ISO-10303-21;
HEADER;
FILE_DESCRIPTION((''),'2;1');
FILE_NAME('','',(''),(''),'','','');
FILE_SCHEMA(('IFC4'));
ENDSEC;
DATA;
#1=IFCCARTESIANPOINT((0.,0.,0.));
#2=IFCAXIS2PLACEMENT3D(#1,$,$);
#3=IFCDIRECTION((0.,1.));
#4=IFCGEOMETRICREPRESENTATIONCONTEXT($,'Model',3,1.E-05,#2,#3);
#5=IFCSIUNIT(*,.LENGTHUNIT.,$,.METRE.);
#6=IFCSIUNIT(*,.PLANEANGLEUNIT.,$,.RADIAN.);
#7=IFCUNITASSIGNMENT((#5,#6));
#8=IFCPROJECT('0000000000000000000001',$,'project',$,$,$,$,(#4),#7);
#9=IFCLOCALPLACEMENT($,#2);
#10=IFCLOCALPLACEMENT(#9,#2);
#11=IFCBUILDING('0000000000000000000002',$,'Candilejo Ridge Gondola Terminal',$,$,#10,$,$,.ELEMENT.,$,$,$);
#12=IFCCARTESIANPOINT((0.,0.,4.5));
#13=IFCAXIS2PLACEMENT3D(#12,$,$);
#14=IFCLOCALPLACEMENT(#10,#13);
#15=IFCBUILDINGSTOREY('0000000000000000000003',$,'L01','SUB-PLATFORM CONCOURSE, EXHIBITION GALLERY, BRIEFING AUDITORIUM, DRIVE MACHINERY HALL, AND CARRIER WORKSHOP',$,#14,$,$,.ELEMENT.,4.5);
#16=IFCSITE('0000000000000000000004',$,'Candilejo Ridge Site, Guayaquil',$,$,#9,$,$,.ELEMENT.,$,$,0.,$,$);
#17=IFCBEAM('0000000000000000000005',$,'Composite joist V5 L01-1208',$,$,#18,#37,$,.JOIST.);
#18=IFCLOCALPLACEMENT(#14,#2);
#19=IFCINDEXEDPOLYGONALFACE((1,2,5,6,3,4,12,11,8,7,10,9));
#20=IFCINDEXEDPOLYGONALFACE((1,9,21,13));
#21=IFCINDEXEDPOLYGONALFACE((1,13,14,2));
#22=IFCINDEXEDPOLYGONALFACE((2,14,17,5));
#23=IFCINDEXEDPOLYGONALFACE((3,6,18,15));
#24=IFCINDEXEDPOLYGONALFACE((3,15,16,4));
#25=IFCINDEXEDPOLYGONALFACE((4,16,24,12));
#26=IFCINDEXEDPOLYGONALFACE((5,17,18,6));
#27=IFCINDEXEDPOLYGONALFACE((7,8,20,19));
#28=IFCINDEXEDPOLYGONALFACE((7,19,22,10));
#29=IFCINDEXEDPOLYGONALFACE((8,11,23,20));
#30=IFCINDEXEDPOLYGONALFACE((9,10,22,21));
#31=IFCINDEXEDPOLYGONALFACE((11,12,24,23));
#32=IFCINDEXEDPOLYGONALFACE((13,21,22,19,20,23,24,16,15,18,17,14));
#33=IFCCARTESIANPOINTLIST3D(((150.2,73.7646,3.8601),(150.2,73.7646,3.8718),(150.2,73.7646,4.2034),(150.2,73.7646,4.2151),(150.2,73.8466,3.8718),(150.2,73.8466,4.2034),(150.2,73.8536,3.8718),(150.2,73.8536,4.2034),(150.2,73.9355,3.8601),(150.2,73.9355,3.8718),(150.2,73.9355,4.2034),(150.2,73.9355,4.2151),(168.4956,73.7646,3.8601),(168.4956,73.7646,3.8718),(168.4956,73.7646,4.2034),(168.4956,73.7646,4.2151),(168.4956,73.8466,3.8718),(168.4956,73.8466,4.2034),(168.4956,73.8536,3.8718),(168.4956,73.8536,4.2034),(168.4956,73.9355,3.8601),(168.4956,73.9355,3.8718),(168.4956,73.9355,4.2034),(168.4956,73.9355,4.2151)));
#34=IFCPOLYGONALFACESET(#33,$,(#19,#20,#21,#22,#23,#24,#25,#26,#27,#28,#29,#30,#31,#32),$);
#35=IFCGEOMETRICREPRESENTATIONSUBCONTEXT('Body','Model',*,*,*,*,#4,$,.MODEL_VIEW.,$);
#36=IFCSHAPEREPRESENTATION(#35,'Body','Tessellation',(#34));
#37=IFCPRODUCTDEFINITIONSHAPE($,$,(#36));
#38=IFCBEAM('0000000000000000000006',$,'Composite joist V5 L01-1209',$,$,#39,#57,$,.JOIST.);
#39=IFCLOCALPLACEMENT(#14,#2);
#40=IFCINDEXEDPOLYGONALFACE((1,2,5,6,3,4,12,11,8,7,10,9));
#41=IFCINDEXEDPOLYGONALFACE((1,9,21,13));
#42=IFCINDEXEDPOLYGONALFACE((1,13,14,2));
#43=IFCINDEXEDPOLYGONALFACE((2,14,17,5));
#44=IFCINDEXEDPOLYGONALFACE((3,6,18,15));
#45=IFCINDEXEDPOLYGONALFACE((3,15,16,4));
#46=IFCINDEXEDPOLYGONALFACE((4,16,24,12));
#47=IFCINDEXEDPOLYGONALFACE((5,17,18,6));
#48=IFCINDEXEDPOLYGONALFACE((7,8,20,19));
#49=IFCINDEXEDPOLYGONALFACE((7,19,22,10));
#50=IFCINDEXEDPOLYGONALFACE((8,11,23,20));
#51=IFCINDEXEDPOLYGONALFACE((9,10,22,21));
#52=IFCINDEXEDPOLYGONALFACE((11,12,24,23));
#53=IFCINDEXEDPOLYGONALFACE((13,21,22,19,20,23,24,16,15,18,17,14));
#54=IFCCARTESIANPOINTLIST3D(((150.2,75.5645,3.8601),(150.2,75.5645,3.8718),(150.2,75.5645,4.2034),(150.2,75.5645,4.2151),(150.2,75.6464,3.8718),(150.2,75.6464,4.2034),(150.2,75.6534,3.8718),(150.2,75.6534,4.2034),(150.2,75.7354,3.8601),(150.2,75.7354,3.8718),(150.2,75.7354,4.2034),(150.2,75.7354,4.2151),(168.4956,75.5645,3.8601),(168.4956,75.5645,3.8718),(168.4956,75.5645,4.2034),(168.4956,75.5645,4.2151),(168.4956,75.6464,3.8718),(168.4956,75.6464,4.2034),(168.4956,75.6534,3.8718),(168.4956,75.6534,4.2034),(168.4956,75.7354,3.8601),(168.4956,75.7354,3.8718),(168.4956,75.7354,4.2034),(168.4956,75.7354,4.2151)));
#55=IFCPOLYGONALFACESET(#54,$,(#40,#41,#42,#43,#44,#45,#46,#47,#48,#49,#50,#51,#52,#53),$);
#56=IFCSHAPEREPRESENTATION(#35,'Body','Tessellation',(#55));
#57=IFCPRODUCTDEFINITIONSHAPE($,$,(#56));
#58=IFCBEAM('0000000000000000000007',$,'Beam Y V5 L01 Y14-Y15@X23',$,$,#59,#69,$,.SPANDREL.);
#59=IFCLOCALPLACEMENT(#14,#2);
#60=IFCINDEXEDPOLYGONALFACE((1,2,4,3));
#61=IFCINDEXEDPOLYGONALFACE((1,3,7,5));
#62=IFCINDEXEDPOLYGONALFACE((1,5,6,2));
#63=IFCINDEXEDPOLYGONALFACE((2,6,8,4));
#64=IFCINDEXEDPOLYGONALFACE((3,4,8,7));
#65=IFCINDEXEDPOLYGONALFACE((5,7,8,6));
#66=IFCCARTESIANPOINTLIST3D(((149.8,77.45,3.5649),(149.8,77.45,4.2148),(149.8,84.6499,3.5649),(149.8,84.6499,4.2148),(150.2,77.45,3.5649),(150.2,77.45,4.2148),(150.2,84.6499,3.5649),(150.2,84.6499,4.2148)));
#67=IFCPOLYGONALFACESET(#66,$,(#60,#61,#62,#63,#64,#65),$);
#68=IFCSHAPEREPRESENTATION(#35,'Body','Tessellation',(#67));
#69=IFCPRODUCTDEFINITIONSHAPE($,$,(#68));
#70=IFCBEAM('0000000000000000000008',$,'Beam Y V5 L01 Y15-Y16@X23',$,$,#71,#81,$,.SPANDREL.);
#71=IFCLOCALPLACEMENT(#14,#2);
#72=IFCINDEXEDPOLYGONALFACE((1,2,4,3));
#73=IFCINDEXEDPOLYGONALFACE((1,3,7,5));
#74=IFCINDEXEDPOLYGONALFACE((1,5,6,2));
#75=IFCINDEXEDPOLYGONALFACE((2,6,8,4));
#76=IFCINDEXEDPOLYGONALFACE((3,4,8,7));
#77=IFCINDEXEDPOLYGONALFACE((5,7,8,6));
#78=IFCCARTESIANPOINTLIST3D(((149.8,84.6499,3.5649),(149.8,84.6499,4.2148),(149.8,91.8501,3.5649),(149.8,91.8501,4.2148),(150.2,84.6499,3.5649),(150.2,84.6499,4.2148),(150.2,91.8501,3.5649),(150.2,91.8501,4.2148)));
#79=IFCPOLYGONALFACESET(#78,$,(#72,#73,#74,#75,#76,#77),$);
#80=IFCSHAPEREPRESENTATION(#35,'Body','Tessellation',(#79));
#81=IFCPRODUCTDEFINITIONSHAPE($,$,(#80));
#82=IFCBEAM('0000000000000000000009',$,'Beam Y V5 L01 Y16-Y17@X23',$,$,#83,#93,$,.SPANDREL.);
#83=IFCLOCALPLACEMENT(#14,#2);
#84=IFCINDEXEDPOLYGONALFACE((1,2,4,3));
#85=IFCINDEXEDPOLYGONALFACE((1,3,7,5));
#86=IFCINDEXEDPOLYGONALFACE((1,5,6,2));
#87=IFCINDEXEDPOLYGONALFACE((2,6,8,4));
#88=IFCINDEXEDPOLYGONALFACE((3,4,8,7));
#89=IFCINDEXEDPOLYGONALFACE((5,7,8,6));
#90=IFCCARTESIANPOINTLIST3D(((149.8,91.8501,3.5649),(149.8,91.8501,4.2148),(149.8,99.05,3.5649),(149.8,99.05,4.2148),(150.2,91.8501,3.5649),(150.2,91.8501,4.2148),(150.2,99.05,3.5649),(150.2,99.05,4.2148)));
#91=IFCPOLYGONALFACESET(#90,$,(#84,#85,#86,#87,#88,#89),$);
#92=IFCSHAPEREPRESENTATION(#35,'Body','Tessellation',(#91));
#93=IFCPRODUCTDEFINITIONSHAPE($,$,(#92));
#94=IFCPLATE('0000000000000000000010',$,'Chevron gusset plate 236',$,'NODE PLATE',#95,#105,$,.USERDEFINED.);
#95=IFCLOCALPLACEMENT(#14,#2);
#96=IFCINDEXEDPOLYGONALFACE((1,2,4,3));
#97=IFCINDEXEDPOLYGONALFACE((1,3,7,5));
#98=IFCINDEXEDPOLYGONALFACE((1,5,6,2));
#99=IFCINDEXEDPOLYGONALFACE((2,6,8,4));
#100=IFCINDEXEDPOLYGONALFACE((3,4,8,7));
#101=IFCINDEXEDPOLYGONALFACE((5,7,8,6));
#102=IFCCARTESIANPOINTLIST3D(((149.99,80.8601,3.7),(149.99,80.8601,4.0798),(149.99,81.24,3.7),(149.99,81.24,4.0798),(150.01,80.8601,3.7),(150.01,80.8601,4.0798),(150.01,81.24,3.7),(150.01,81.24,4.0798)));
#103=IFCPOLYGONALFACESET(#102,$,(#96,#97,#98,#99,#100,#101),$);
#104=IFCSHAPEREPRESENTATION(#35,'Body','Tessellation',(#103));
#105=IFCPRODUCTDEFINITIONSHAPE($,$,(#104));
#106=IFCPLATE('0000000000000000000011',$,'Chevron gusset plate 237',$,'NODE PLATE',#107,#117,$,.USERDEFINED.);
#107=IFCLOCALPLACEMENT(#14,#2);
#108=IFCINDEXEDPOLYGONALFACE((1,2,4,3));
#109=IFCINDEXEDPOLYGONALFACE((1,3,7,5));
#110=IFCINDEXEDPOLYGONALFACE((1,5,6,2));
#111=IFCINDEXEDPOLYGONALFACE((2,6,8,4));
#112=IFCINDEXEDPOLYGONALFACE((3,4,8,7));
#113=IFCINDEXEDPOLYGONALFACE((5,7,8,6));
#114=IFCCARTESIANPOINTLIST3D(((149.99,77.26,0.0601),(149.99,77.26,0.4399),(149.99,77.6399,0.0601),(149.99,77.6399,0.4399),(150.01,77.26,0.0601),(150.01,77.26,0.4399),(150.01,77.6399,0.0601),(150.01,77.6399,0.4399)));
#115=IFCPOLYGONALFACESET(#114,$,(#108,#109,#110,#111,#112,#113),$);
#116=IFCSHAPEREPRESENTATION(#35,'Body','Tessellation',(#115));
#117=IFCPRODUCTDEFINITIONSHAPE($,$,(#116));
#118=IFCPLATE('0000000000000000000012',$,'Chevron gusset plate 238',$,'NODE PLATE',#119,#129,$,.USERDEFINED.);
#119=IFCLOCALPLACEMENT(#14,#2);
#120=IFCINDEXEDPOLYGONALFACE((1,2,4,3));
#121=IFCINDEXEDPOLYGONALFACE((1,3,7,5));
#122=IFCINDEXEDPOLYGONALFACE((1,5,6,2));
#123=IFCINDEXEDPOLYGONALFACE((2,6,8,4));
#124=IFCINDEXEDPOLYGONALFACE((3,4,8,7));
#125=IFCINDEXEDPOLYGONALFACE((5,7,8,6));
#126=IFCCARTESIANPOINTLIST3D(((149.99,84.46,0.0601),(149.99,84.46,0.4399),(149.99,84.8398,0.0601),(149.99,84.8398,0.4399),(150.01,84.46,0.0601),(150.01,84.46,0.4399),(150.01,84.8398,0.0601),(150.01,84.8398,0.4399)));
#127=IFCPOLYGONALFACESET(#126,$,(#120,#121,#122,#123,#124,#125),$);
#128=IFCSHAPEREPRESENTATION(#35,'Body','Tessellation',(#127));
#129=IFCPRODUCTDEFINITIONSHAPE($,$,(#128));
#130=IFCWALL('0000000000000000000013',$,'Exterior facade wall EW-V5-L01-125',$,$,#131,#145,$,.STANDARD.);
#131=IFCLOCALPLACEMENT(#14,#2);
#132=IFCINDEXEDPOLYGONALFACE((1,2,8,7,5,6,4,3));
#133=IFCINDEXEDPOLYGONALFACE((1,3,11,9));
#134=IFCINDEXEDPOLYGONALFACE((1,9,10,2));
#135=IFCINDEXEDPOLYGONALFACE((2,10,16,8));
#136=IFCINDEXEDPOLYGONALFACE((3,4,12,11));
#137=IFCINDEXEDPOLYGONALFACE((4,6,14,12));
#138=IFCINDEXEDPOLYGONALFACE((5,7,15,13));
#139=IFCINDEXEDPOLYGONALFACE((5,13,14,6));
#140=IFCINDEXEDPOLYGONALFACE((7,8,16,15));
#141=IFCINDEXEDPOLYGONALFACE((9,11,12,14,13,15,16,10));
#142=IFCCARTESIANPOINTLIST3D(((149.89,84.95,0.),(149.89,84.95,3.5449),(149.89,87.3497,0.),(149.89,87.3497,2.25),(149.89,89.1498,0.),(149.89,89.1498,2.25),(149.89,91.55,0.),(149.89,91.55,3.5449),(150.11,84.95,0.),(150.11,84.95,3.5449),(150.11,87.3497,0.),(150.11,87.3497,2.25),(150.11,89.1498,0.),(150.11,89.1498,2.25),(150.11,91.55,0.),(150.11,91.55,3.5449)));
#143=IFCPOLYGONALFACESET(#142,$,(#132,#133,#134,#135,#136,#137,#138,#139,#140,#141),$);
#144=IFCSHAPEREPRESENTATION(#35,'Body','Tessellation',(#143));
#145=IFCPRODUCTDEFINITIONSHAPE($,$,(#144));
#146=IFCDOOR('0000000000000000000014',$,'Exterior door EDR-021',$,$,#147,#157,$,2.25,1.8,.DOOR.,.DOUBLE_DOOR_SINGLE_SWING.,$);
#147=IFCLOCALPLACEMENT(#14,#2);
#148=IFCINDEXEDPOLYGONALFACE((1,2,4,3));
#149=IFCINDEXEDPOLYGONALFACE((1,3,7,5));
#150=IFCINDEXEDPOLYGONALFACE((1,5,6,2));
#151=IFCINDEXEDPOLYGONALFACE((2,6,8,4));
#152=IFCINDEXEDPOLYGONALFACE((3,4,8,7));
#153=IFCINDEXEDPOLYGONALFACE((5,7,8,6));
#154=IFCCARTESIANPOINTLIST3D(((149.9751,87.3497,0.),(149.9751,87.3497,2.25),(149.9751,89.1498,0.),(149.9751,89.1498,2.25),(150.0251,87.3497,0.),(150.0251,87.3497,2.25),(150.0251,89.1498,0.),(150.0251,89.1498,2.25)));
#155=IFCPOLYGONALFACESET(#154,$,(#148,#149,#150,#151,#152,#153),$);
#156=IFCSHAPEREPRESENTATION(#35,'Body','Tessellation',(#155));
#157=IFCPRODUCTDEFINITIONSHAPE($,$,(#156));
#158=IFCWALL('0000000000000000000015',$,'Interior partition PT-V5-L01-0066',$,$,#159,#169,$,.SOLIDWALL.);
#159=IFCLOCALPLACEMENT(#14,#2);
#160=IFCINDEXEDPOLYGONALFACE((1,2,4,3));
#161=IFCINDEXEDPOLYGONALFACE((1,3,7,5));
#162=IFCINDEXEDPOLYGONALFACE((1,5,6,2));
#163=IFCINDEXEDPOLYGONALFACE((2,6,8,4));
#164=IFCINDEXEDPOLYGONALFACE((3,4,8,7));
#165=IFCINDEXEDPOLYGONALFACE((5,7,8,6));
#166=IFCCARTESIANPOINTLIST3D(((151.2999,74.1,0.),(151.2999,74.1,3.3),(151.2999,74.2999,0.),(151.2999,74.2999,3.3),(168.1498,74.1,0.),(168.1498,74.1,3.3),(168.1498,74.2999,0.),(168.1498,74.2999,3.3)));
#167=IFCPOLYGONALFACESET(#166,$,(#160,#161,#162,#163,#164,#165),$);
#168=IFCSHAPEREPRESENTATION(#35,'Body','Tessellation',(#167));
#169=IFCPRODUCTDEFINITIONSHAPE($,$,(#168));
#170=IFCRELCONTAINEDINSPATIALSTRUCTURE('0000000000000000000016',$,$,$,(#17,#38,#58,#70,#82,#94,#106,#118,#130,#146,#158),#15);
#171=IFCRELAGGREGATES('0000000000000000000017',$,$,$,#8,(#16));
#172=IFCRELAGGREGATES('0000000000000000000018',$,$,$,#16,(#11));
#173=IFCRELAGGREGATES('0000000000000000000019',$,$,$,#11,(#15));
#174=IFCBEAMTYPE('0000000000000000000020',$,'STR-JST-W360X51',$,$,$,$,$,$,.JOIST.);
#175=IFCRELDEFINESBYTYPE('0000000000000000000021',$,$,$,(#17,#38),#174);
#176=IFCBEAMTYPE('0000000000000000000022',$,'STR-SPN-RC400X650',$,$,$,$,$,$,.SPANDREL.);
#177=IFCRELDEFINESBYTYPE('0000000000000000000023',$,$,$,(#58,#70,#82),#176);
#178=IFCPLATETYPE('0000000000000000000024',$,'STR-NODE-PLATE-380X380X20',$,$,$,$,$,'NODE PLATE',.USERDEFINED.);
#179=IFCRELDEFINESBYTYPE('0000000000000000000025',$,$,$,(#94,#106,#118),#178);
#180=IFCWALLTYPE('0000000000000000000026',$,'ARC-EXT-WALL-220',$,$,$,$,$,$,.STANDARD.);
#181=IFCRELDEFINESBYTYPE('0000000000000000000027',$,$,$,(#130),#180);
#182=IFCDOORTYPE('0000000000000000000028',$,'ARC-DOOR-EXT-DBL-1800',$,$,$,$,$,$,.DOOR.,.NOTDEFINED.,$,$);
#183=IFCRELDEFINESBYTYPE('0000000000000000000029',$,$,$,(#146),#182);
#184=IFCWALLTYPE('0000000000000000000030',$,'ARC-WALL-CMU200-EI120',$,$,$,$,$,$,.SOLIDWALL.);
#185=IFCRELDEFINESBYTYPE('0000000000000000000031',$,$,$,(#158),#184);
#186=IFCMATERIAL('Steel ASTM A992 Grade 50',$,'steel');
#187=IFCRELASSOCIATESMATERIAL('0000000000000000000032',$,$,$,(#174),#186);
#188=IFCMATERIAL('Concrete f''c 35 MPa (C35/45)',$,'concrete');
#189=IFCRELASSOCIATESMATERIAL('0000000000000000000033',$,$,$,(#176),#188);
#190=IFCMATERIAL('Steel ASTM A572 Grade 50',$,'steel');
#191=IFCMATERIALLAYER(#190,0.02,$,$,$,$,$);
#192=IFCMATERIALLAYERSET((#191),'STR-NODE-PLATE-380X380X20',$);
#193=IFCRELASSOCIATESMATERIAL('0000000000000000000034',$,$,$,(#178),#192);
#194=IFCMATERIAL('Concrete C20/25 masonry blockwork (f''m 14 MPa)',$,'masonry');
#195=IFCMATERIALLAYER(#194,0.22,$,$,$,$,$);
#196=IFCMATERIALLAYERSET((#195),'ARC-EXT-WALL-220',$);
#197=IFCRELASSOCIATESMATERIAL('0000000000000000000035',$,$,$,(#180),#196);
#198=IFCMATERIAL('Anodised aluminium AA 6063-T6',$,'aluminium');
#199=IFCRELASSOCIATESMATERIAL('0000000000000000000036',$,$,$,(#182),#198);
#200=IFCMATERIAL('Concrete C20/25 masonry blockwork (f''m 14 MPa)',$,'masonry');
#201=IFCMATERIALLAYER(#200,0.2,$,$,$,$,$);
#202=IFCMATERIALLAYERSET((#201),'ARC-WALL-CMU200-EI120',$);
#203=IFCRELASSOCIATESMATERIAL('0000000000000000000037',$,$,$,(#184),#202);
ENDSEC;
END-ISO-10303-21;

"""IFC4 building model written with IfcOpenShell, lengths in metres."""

from ifc_helpers import new_model, si_unit, direction, frame, frame_2d, origin, origin_2d, place, context, subcontext, project, spatial, rectangle, i_section, extrude, material, layer, layer_set, material_profile, profile_set, type_object, element, fill, save


model = new_model("IFC4")

# Units and contexts
model_context = context("Model", 3, precision=1e-05, world=origin(), true_north=direction((0.0, 1.0)))
body_context = subcontext(model_context, "Body", "Model", "MODEL_VIEW")
ifc_project = project(units=[si_unit("LENGTHUNIT", "METRE"), si_unit("PLANEANGLEUNIT", "RADIAN")], contexts=[model_context])

# Site, building, storey
site_placement = place(None, origin())
site = spatial("IfcSite", under=ifc_project, at=site_placement, Name="Candilejo Ridge Site, Guayaquil", CompositionType="ELEMENT", RefElevation=0.0)
building_placement = place(site_placement, origin())
building = spatial("IfcBuilding", under=site, at=building_placement, Name="Candilejo Ridge Gondola Terminal", CompositionType="ELEMENT")
storey_placement = place(building_placement, frame((0.0, 0.0, 4.5)))
storey = spatial("IfcBuildingStorey", under=building, at=storey_placement, Name="L01", Description="SUB-PLATFORM CONCOURSE, EXHIBITION GALLERY, BRIEFING AUDITORIUM, DRIVE MACHINERY HALL, AND CARRIER WORKSHOP", CompositionType="ELEMENT", Elevation=4.5)

# Beams
ifc_material_1 = material(Name="Steel ASTM A992 Grade 50", Category="steel")
ifc_material_profile_1 = material_profile(ifc_material_1, i_section(OverallWidth=0.1709, OverallDepth=0.355, WebThickness=0.0071, FlangeThickness=0.0117, at=origin_2d()))
ifc_profile_set_1 = profile_set([ifc_material_profile_1], Name="Steel ASTM A992 Grade 50")
beam_type_1 = type_object("IfcBeamType", Name="STR-JST-W360X51", PredefinedType="JOIST", material=ifc_profile_set_1)
for number, where, z_axis, x_axis, name in (
    (1, (150.2, 73.8501, 4.0376), (1.0, 0.0, 0.0), (0.0, 1.0, 0.0), "Composite joist V5 L01-1208"),
    (2, (150.2, 75.6499, 4.0376), (1.0, 0.0, 0.0), (0.0, 1.0, 0.0), "Composite joist V5 L01-1209"),
):
    element("IfcBeam", number, at=place(storey_placement, frame(where, z_axis=z_axis, x_axis=x_axis)), inside=storey, type_object=beam_type_1, Name=name, PredefinedType="JOIST", context=body_context, shape_type="SweptSolid", body=[
        extrude(i_section(OverallWidth=0.1709, OverallDepth=0.355, WebThickness=0.0071, FlangeThickness=0.0117, at=origin_2d()), origin(), (0.0, 0.0, 1.0), 18.2957),
    ])
ifc_material_2 = material(Name="Concrete f'c 35 MPa (C35/45)", Category="concrete")
ifc_material_profile_2 = material_profile(ifc_material_2, rectangle(XDim=0.3999, YDim=0.6499, at=origin_2d()))
ifc_profile_set_2 = profile_set([ifc_material_profile_2], Name="Concrete f'c 35 MPa (C35/45)")
beam_type_2 = type_object("IfcBeamType", Name="STR-SPN-RC400X650", PredefinedType="SPANDREL", material=ifc_profile_set_2)
beam_1_placement = place(storey_placement, frame((150.0, 77.45, 3.8899), z_axis=(0.0, 1.0, 0.0), x_axis=(-1.0, 0.0, 0.0)))
element("IfcBeam", 3, at=beam_1_placement, inside=storey, type_object=beam_type_2, Name="Beam Y V5 L01 Y14-Y15@X23", PredefinedType="SPANDREL", context=body_context, shape_type="SweptSolid", body=[
    extrude(rectangle(XDim=0.3999, YDim=0.6499, at=origin_2d()), origin(), (0.0, 0.0, 1.0), 7.2),
])
beam_2_placement = place(storey_placement, frame((150.0, 84.6499, 3.8899), z_axis=(0.0, 1.0, 0.0), x_axis=(-1.0, 0.0, 0.0)))
element("IfcBeam", 4, at=beam_2_placement, inside=storey, type_object=beam_type_2, Name="Beam Y V5 L01 Y15-Y16@X23", PredefinedType="SPANDREL", context=body_context, shape_type="SweptSolid", body=[
    extrude(rectangle(XDim=0.3999, YDim=0.6499, at=origin_2d()), origin(), (0.0, 0.0, 1.0), 7.2002),
])
beam_3_placement = place(storey_placement, frame((150.0, 91.8501, 3.8899), z_axis=(0.0, 1.0, 0.0), x_axis=(-1.0, 0.0, 0.0)))
element("IfcBeam", 5, at=beam_3_placement, inside=storey, type_object=beam_type_2, Name="Beam Y V5 L01 Y16-Y17@X23", PredefinedType="SPANDREL", context=body_context, shape_type="SweptSolid", body=[
    extrude(rectangle(XDim=0.3999, YDim=0.6499, at=origin_2d()), origin(), (0.0, 0.0, 1.0), 7.2),
])

# Plates
ifc_material_3 = material(Name="Steel ASTM A572 Grade 50", Category="steel")
ifc_layer_1 = layer(ifc_material_3, 0.02)
ifc_layer_set_1 = layer_set([ifc_layer_1], Name="STR-NODE-PLATE-380X380X20")
plate_type = type_object("IfcPlateType", Name="STR-NODE-PLATE-380X380X20", ElementType="NODE PLATE", PredefinedType="USERDEFINED", material=ifc_layer_set_1)
for number, where, z_axis, x_axis, name in (
    (6, (150.0, 81.05, 3.7), (0.0, 0.0, 1.0), (1.0, 0.0, 0.0), "Chevron gusset plate 236"),
    (7, (150.0, 77.45, 0.0601), (0.0, 0.0, 1.0), (1.0, 0.0, 0.0), "Chevron gusset plate 237"),
    (8, (150.0, 84.6499, 0.0601), (0.0, 0.0, 1.0), (1.0, 0.0, 0.0), "Chevron gusset plate 238"),
):
    element("IfcPlate", number, at=place(storey_placement, frame(where, z_axis=z_axis, x_axis=x_axis)), inside=storey, type_object=plate_type, Name=name, ObjectType="NODE PLATE", PredefinedType="USERDEFINED", context=body_context, shape_type="SweptSolid", body=[
        extrude(rectangle(XDim=0.02, YDim=0.3799, at=origin_2d()), origin(), (0.0, 0.0, 1.0), 0.3799),
    ])

# Wall, opening, door
ifc_material_4 = material(Name="Concrete C20/25 masonry blockwork (f'm 14 MPa)", Category="masonry")
ifc_layer_2 = layer(ifc_material_4, 0.22)
ifc_layer_set_2 = layer_set([ifc_layer_2], Name="ARC-EXT-WALL-220")
wall_type_1 = type_object("IfcWallType", Name="ARC-EXT-WALL-220", PredefinedType="STANDARD", material=ifc_layer_set_2)
wall_1_placement = place(storey_placement, frame((150.0, 84.95, 0.0), z_axis=(0.0, 0.0, 1.0), x_axis=(0.0, 1.0, 0.0)))
wall_1 = element("IfcWall", 9, at=wall_1_placement, inside=storey, type_object=wall_type_1, Name="Exterior facade wall EW-V5-L01-125", PredefinedType="STANDARD", context=body_context, shape_type="SweptSolid", body=[
    extrude(rectangle(XDim=6.6001, YDim=0.22, at=frame_2d((3.3, 0.0))), origin(), (0.0, 0.0, 1.0), 3.5449),
])
opening_1_placement = place(wall_1_placement, frame((2.3999, 0.0, 0.0)))
opening_1 = element("IfcOpeningElement", 10, at=opening_1_placement, cuts=wall_1, PredefinedType="OPENING", context=body_context, shape_type="SweptSolid", body=[
    extrude(rectangle(XDim=1.8, YDim=2.25, at=frame_2d((0.8999, 1.125))), frame((0.0, 0.1199, 0.0), z_axis=(0.0, -1.0, 0.0), x_axis=(1.0, 0.0, 0.0)), (0.0, 0.0, 1.0), 0.24),
])
ifc_material_5 = material(Name="Anodised aluminium AA 6063-T6", Category="aluminium")
door_type_1 = type_object("IfcDoorType", Name="ARC-DOOR-EXT-DBL-1800", OperationType="NOTDEFINED", PredefinedType="DOOR", material=ifc_material_5)
door_1_placement = place(opening_1_placement, origin())
door_1 = element("IfcDoor", 11, at=door_1_placement, inside=storey, type_object=door_type_1, Name="Exterior door EDR-021", OperationType="DOUBLE_DOOR_SINGLE_SWING", OverallHeight=2.25, OverallWidth=1.8, PredefinedType="DOOR", context=body_context, shape_type="SweptSolid", body=[
    extrude(rectangle(XDim=1.8, YDim=2.25, at=frame_2d((0.8999, 1.125))), frame((0.0, 0.0249, 0.0), z_axis=(0.0, -1.0, 0.0), x_axis=(1.0, 0.0, 0.0)), (0.0, 0.0, 1.0), 0.05),
])
fill(opening_1, door_1)

# Wall
ifc_material_6 = material(Name="Concrete C20/25 masonry blockwork (f'm 14 MPa)", Category="masonry")
ifc_layer_3 = layer(ifc_material_6, 0.2)
ifc_layer_set_3 = layer_set([ifc_layer_3], Name="ARC-WALL-CMU200-EI120")
wall_type_2 = type_object("IfcWallType", Name="ARC-WALL-CMU200-EI120", PredefinedType="SOLIDWALL", material=ifc_layer_set_3)
wall_2_placement = place(storey_placement, frame((151.3, 74.2, 0.0), z_axis=(0.0, 0.0, 1.0), x_axis=(1.0, 0.0, 0.0)))
element("IfcWall", 12, at=wall_2_placement, inside=storey, type_object=wall_type_2, Name="Interior partition PT-V5-L01-0066", PredefinedType="SOLIDWALL", context=body_context, shape_type="SweptSolid", body=[
    extrude(rectangle(XDim=16.8499, YDim=0.2, at=frame_2d((8.4248, 0.0))), origin(), (0.0, 0.0, 1.0), 3.3),
])

save(model, "model.ifc")
